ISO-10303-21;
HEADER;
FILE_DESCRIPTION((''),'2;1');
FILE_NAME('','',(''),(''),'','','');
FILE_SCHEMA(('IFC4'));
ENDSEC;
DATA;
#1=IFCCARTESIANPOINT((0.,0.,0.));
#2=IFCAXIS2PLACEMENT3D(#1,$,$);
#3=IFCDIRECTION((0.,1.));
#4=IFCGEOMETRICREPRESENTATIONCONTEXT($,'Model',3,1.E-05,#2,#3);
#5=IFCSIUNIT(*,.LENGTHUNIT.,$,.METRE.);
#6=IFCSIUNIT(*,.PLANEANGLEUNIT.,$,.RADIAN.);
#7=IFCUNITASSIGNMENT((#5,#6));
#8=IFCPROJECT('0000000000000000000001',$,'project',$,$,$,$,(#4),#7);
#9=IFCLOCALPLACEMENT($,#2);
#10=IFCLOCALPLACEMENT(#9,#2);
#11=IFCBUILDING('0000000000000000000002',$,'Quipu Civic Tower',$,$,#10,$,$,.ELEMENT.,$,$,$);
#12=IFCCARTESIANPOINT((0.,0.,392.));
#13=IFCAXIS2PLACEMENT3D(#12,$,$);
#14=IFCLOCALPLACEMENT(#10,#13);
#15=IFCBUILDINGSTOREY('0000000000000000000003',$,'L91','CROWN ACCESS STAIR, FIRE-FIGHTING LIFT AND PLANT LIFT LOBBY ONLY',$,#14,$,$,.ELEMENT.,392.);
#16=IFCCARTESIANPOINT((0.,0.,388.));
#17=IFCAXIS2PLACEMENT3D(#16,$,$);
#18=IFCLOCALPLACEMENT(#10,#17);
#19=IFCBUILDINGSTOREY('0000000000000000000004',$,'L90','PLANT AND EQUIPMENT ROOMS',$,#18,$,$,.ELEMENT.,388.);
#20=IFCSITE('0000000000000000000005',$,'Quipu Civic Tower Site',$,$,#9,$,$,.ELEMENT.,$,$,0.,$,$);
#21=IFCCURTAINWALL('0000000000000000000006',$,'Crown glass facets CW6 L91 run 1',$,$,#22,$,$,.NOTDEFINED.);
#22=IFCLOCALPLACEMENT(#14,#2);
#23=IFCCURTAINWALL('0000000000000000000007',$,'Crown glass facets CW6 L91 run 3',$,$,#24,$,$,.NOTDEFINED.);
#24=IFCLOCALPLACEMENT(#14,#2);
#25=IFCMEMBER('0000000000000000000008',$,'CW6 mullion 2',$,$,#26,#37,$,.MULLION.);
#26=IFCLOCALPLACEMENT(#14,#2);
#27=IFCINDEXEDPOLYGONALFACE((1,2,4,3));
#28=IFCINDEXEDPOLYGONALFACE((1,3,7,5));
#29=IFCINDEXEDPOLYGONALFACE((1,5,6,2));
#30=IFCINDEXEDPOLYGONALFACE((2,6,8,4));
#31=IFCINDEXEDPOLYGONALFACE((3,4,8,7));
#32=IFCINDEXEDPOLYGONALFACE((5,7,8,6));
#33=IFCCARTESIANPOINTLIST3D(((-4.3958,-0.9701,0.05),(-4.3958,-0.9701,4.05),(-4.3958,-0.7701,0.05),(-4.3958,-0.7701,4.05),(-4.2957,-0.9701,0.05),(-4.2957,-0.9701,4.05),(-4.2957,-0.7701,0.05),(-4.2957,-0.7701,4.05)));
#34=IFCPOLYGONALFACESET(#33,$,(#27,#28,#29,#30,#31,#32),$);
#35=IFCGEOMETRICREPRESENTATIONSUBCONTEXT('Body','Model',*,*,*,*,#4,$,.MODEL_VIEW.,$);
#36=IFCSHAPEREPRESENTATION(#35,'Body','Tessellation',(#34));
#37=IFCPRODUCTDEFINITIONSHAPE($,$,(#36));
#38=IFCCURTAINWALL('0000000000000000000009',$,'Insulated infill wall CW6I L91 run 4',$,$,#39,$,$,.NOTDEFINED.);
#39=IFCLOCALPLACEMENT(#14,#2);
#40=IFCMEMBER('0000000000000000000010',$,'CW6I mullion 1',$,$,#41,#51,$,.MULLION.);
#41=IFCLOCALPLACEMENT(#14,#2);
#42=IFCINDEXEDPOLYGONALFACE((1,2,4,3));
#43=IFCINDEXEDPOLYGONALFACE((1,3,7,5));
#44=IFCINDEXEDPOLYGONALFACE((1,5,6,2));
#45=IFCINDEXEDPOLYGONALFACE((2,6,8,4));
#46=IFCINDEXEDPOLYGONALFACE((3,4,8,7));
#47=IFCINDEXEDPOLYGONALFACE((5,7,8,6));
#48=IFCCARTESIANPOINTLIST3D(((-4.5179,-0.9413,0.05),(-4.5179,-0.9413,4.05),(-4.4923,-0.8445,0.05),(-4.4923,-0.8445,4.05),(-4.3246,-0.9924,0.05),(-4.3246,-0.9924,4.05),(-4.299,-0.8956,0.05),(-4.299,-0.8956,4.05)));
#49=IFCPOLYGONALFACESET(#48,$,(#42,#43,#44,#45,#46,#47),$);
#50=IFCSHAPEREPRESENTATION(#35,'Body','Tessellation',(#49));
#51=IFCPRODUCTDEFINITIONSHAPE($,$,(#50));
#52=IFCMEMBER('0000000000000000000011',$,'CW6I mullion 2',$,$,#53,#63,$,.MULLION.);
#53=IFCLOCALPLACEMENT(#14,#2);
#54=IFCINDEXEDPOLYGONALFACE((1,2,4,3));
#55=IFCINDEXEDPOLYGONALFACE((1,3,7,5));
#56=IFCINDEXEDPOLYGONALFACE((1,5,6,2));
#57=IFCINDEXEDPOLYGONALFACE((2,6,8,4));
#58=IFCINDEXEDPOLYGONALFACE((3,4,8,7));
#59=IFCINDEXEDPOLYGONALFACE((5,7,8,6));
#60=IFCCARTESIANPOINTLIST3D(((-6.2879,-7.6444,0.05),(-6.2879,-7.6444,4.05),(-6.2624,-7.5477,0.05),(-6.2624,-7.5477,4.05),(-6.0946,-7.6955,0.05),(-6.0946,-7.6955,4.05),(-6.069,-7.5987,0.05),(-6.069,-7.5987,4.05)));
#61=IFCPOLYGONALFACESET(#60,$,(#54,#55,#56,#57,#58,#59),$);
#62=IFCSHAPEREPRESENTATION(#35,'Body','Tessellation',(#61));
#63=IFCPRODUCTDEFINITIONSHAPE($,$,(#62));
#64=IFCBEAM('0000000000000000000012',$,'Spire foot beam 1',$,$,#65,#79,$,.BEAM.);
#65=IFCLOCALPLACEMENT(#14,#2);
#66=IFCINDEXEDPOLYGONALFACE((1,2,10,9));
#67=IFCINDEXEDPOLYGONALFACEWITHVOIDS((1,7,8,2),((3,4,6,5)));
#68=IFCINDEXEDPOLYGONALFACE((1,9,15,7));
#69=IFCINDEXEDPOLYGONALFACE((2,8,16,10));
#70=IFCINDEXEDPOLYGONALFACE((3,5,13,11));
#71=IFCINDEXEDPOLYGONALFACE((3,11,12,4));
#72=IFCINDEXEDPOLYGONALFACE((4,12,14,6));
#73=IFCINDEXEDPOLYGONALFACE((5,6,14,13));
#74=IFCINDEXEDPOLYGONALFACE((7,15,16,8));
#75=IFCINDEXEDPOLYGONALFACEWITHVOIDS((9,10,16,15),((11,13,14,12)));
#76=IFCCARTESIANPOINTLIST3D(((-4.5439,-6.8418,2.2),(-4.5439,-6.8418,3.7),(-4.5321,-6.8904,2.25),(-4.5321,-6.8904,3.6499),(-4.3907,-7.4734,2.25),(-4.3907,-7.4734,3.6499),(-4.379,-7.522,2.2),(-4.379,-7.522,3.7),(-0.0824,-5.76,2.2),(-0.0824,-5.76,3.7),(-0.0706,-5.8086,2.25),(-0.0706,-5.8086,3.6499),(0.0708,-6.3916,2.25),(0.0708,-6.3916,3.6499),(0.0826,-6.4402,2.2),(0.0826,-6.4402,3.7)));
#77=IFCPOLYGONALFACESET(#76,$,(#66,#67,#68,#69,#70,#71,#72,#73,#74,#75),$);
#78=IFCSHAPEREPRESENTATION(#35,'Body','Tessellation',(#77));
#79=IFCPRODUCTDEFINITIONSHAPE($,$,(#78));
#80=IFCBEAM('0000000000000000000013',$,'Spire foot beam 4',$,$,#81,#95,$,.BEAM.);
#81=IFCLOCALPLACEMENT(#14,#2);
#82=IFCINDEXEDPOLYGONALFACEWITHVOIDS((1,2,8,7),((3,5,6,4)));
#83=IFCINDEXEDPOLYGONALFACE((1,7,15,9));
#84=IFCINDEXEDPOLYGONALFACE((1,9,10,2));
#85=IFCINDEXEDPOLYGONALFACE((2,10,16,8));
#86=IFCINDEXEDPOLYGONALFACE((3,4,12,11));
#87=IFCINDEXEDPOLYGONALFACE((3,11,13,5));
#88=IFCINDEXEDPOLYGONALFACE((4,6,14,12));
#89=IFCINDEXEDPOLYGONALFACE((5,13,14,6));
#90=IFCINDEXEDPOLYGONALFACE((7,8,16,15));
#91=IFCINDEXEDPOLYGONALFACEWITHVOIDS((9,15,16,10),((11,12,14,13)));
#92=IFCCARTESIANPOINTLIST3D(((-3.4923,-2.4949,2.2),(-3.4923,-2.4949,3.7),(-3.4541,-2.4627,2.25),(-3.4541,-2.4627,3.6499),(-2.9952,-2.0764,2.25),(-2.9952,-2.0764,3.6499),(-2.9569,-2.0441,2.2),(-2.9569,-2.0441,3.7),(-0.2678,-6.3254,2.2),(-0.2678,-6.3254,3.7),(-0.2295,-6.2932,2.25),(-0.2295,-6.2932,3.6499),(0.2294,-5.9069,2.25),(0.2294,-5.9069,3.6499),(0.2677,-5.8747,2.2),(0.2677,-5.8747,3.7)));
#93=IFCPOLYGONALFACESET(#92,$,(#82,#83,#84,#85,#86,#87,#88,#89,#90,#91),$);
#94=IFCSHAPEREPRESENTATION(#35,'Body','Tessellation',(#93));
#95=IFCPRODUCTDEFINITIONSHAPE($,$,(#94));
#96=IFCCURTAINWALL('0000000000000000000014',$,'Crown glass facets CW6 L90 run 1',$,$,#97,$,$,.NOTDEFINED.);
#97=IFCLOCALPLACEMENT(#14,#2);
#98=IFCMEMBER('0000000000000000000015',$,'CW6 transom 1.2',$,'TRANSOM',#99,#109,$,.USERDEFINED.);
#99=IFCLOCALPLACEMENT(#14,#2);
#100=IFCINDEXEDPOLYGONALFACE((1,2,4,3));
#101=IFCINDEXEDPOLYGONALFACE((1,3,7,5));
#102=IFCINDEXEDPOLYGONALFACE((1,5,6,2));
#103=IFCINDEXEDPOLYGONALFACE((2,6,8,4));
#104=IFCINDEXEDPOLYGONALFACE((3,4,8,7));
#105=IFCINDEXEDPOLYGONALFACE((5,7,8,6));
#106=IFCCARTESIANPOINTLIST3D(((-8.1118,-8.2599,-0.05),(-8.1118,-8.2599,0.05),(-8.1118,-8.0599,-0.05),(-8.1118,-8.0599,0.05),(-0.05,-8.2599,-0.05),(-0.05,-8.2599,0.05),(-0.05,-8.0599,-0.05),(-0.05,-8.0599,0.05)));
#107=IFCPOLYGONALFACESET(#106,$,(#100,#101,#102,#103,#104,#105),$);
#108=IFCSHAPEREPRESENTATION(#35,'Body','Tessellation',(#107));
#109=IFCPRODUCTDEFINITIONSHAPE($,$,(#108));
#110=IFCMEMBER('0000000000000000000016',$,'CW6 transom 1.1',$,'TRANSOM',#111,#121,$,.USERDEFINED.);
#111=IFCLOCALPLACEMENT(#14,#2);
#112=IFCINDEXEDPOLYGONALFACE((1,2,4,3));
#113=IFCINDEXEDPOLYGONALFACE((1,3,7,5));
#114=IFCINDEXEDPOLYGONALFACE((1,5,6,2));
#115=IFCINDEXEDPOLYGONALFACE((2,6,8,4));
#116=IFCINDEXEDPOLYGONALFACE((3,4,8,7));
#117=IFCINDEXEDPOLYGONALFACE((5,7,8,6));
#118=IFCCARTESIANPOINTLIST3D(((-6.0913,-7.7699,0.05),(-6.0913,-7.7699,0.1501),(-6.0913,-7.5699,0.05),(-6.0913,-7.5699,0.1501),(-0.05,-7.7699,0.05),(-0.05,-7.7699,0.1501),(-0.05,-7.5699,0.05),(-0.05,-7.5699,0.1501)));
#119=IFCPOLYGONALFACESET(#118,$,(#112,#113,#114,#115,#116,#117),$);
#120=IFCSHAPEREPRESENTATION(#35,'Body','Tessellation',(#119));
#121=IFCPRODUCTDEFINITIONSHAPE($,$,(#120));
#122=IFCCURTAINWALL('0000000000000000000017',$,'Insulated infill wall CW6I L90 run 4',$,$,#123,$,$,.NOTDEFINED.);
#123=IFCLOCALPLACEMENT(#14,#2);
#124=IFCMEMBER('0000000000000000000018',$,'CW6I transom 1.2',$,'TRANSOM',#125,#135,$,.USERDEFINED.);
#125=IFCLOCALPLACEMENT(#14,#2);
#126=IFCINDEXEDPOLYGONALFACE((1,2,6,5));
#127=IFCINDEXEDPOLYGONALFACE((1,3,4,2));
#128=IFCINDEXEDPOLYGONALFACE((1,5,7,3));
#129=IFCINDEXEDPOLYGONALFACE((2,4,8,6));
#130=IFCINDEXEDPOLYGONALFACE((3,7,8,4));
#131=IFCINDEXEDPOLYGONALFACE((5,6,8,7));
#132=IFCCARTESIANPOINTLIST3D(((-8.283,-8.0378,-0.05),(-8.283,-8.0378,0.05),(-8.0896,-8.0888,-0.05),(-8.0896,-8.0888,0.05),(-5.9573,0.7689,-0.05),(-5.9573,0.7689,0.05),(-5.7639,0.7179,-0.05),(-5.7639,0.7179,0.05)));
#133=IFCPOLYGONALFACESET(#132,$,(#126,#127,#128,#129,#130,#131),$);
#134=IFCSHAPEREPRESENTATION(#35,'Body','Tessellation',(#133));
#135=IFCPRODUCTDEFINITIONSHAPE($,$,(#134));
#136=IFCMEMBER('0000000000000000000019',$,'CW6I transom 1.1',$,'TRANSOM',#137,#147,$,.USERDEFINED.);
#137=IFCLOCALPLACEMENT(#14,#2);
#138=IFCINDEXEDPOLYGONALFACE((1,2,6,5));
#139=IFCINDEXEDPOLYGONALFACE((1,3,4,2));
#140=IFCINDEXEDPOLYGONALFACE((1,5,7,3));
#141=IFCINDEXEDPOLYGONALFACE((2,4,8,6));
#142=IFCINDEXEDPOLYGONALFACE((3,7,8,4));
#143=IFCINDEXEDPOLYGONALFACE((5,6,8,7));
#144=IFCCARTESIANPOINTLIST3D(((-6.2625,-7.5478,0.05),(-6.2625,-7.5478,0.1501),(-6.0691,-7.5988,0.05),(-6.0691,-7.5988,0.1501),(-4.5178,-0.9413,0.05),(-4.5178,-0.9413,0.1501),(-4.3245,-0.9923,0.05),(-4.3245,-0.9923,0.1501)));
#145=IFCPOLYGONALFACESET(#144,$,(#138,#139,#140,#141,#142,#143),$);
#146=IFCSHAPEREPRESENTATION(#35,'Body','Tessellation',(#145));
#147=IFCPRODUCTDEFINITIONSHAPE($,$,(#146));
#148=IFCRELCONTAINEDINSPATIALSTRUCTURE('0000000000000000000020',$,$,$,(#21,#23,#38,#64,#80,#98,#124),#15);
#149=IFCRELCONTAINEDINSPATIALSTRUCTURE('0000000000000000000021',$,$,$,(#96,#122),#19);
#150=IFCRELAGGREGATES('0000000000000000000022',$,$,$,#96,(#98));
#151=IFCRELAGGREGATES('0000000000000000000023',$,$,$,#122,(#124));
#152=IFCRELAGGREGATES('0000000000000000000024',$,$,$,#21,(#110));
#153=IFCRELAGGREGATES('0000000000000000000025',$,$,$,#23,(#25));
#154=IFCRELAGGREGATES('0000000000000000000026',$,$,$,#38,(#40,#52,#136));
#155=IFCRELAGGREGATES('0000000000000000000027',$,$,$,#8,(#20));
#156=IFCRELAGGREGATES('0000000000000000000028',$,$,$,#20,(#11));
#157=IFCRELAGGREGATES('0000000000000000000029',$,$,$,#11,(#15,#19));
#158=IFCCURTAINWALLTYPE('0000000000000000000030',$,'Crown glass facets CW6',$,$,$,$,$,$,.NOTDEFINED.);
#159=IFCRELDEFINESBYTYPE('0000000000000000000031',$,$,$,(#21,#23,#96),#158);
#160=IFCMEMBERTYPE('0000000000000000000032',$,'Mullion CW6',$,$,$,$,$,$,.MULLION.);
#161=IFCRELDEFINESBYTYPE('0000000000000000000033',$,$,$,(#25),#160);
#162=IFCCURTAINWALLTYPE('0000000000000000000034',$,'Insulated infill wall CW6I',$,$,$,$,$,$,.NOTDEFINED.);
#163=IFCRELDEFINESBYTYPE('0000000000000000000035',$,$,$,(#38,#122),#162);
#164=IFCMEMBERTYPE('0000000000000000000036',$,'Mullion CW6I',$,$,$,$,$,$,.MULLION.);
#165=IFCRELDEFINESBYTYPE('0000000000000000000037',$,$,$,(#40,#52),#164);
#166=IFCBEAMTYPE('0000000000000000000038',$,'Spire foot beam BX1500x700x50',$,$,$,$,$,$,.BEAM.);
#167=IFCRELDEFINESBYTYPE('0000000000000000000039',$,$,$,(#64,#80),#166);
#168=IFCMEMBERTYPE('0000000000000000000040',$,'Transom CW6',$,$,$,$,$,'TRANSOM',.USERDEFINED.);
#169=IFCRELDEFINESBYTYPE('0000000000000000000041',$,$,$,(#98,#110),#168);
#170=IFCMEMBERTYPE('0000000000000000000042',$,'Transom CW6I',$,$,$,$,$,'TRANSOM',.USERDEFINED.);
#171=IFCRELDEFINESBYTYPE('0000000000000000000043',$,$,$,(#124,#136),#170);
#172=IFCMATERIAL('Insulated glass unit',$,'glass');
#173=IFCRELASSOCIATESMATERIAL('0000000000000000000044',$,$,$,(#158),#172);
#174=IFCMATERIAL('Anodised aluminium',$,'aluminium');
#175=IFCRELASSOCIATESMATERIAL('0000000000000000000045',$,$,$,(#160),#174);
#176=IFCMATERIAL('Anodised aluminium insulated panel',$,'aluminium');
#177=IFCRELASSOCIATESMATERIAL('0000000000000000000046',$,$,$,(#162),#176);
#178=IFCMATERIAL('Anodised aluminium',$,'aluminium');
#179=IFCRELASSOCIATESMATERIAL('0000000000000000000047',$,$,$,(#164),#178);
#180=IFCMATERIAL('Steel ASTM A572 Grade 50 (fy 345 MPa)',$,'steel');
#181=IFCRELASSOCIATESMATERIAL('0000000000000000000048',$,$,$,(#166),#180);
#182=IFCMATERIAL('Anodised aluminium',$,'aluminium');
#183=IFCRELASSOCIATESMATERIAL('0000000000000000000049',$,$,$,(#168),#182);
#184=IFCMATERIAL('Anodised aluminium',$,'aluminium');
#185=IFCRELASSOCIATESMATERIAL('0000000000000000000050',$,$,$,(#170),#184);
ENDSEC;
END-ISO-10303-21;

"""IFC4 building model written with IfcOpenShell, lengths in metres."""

from ifc_helpers import new_model, si_unit, direction, frame, origin, origin_2d, place, context, subcontext, project, spatial, rectangle, hollow_rectangle, extrude, material, material_profile, profile_set, type_object, element, aggregate, save


model = new_model("IFC4")

# Units and contexts
model_context = context("Model", 3, precision=1e-05, world=origin(), true_north=direction((0.0, 1.0)))
body_context = subcontext(model_context, "Body", "Model", "MODEL_VIEW")
ifc_project = project(units=[si_unit("LENGTHUNIT", "METRE"), si_unit("PLANEANGLEUNIT", "RADIAN")], contexts=[model_context])

# Site, building, storey
site_placement = place(None, origin())
site = spatial("IfcSite", under=ifc_project, at=site_placement, Name="Quipu Civic Tower Site", CompositionType="ELEMENT", RefElevation=0.0)
building_placement = place(site_placement, origin())
building = spatial("IfcBuilding", under=site, at=building_placement, Name="Quipu Civic Tower", CompositionType="ELEMENT")
storey_1_placement = place(building_placement, frame((0.0, 0.0, 392.0)))
storey_1 = spatial("IfcBuildingStorey", under=building, at=storey_1_placement, Name="L91", Description="CROWN ACCESS STAIR, FIRE-FIGHTING LIFT AND PLANT LIFT LOBBY ONLY", CompositionType="ELEMENT", Elevation=392.0)

# Curtain wall
ifc_material_1 = material(Name="Insulated glass unit", Category="glass")
curtain_wall_type_1 = type_object("IfcCurtainWallType", Name="Crown glass facets CW6", PredefinedType="NOTDEFINED", material=ifc_material_1)
curtain_wall_1_placement = place(storey_1_placement, origin())
curtain_wall_1 = element("IfcCurtainWall", 1, at=curtain_wall_1_placement, inside=storey_1, type_object=curtain_wall_type_1, Name="Crown glass facets CW6 L91 run 1", PredefinedType="NOTDEFINED")
ifc_material_2 = material(Name="Anodised aluminium", Category="aluminium")
ifc_material_profile_1 = material_profile(ifc_material_2, rectangle(XDim=0.2, YDim=0.1001, at=origin_2d()), Name="RECT 200x100")
ifc_profile_set_1 = profile_set([ifc_material_profile_1], Name="Anodised aluminium")
member_type_1 = type_object("IfcMemberType", Name="Mullion CW6", PredefinedType="MULLION", material=ifc_profile_set_1)

# Curtain wall, member
curtain_wall_2_placement = place(storey_1_placement, origin())
curtain_wall_2 = element("IfcCurtainWall", 2, at=curtain_wall_2_placement, inside=storey_1, type_object=curtain_wall_type_1, Name="Crown glass facets CW6 L91 run 3", PredefinedType="NOTDEFINED")
member_1_placement = place(storey_1_placement, frame((-4.3457, -0.8701, 0.05), z_axis=(0.0, 0.0, 1.0), x_axis=(0.0, -1.0, 0.0)))
member_1 = element("IfcMember", 3, at=member_1_placement, type_object=member_type_1, Name="CW6 mullion 2", PredefinedType="MULLION", context=body_context, shape_type="SweptSolid", body=[
    extrude(rectangle(XDim=0.2, YDim=0.1001, at=origin_2d()), origin(), (0.0, 0.0, 1.0), 4.0),
])

# Curtain wall, members
ifc_material_3 = material(Name="Anodised aluminium insulated panel", Category="aluminium")
curtain_wall_type_2 = type_object("IfcCurtainWallType", Name="Insulated infill wall CW6I", PredefinedType="NOTDEFINED", material=ifc_material_3)
curtain_wall_3_placement = place(storey_1_placement, origin())
curtain_wall_3 = element("IfcCurtainWall", 4, at=curtain_wall_3_placement, inside=storey_1, type_object=curtain_wall_type_2, Name="Insulated infill wall CW6I L91 run 4", PredefinedType="NOTDEFINED")
ifc_material_4 = material(Name="Anodised aluminium", Category="aluminium")
ifc_material_profile_2 = material_profile(ifc_material_4, rectangle(XDim=0.2, YDim=0.1001, at=origin_2d()), Name="RECT 200x100")
ifc_profile_set_2 = profile_set([ifc_material_profile_2], Name="Anodised aluminium")
member_type_2 = type_object("IfcMemberType", Name="Mullion CW6I", PredefinedType="MULLION", material=ifc_profile_set_2)
member_2_placement = place(storey_1_placement, frame((-4.4084, -0.9185, 0.05), z_axis=(0.0, 0.0, 1.0), x_axis=(0.96686, -0.255308, 0.0)))
member_2 = element("IfcMember", 5, at=member_2_placement, type_object=member_type_2, Name="CW6I mullion 1", PredefinedType="MULLION", context=body_context, shape_type="SweptSolid", body=[
    extrude(rectangle(XDim=0.2, YDim=0.1001, at=origin_2d()), origin(), (0.0, 0.0, 1.0), 4.0),
])
member_3_placement = place(storey_1_placement, frame((-6.1785, -7.6216, 0.05), z_axis=(0.0, 0.0, 1.0), x_axis=(0.96686, -0.255308, 0.0)))
member_3 = element("IfcMember", 6, at=member_3_placement, type_object=member_type_2, Name="CW6I mullion 2", PredefinedType="MULLION", context=body_context, shape_type="SweptSolid", body=[
    extrude(rectangle(XDim=0.2, YDim=0.1001, at=origin_2d()), origin(), (0.0, 0.0, 1.0), 4.0),
])

# Beams
ifc_material_5 = material(Name="Steel ASTM A572 Grade 50 (fy 345 MPa)", Category="steel")
ifc_material_profile_3 = material_profile(ifc_material_5, hollow_rectangle(XDim=0.7, YDim=1.5, WallThickness=0.05, at=origin_2d()), Name="BX1500x700x50")
ifc_profile_set_3 = profile_set([ifc_material_profile_3], Name="Steel ASTM A572 Grade 50 (fy 345 MPa)")
beam_type_1 = type_object("IfcBeamType", Name="Spire foot beam BX1500x700x50", PredefinedType="BEAM", material=ifc_profile_set_3)
beam_1_placement = place(storey_1_placement, frame((-4.4614, -7.1819, 2.95), z_axis=(0.971839, 0.235647, 0.0), x_axis=(-0.235647, 0.971839, 0.0)))
element("IfcBeam", 7, at=beam_1_placement, inside=storey_1, type_object=beam_type_1, Name="Spire foot beam 1", PredefinedType="BEAM", context=body_context, shape_type="SweptSolid", body=[
    extrude(hollow_rectangle(XDim=0.7, YDim=1.5, WallThickness=0.05, at=origin_2d()), origin(), (0.0, 0.0, 1.0), 4.5908),
])
beam_2_placement = place(storey_1_placement, frame((-3.2246, -2.2695, 2.95), z_axis=(0.644004, -0.765022, 0.0), x_axis=(0.765022, 0.644004, 0.0)))
element("IfcBeam", 8, at=beam_2_placement, inside=storey_1, type_object=beam_type_1, Name="Spire foot beam 4", PredefinedType="BEAM", context=body_context, shape_type="SweptSolid", body=[
    extrude(hollow_rectangle(XDim=0.7, YDim=1.5, WallThickness=0.05, at=origin_2d()), origin(), (0.0, 0.0, 1.0), 5.0071),
])

# Shared definitions
storey_2_placement = place(building_placement, frame((0.0, 0.0, 388.0)))
storey_2 = spatial("IfcBuildingStorey", under=building, at=storey_2_placement, Name="L90", Description="PLANT AND EQUIPMENT ROOMS", CompositionType="ELEMENT", Elevation=388.0)

# Curtain wall, member
curtain_wall_4_placement = place(storey_2_placement, origin())
curtain_wall_4 = element("IfcCurtainWall", 9, at=curtain_wall_4_placement, inside=storey_2, type_object=curtain_wall_type_1, Name="Crown glass facets CW6 L90 run 1", PredefinedType="NOTDEFINED")
ifc_material_6 = material(Name="Anodised aluminium", Category="aluminium")
ifc_material_profile_4 = material_profile(ifc_material_6, rectangle(XDim=0.2, YDim=0.1001, at=origin_2d()), Name="RECT 200x100")
ifc_profile_set_4 = profile_set([ifc_material_profile_4], Name="Anodised aluminium")
member_type_3 = type_object("IfcMemberType", Name="Transom CW6", ElementType="TRANSOM", PredefinedType="USERDEFINED", material=ifc_profile_set_4)
member_4_placement = place(storey_1_placement, frame((-8.1118, -8.1599, 0.0), z_axis=(1.0, 0.0, 0.0), x_axis=(0.0, 1.0, 0.0)))
member_4 = element("IfcMember", 10, at=member_4_placement, inside=storey_1, type_object=member_type_3, Name="CW6 transom 1.2", ObjectType="TRANSOM", PredefinedType="USERDEFINED", context=body_context, shape_type="SweptSolid", body=[
    extrude(rectangle(XDim=0.2, YDim=0.1001, at=origin_2d()), origin(), (0.0, 0.0, 1.0), 8.0618),
])
aggregate(curtain_wall_4, [member_4])

# Member
member_5_placement = place(storey_1_placement, frame((-6.0913, -7.6699, 0.1001), z_axis=(1.0, 0.0, 0.0), x_axis=(0.0, 1.0, 0.0)))
member_5 = element("IfcMember", 11, at=member_5_placement, type_object=member_type_3, Name="CW6 transom 1.1", ObjectType="TRANSOM", PredefinedType="USERDEFINED", context=body_context, shape_type="SweptSolid", body=[
    extrude(rectangle(XDim=0.2, YDim=0.1001, at=origin_2d()), origin(), (0.0, 0.0, 1.0), 6.0413),
])

# Curtain wall, member
curtain_wall_5_placement = place(storey_2_placement, origin())
curtain_wall_5 = element("IfcCurtainWall", 12, at=curtain_wall_5_placement, inside=storey_2, type_object=curtain_wall_type_2, Name="Insulated infill wall CW6I L90 run 4", PredefinedType="NOTDEFINED")
ifc_material_7 = material(Name="Anodised aluminium", Category="aluminium")
ifc_material_profile_5 = material_profile(ifc_material_7, rectangle(XDim=0.2, YDim=0.1001, at=origin_2d()), Name="RECT 200x100")
ifc_profile_set_5 = profile_set([ifc_material_profile_5], Name="Anodised aluminium")
member_type_4 = type_object("IfcMemberType", Name="Transom CW6I", ElementType="TRANSOM", PredefinedType="USERDEFINED", material=ifc_profile_set_5)
member_6_placement = place(storey_1_placement, frame((-5.8606, 0.7434, 0.0), z_axis=(-0.25533, -0.966854, 0.0), x_axis=(0.966854, -0.25533, 0.0)))
member_6 = element("IfcMember", 13, at=member_6_placement, inside=storey_1, type_object=member_type_4, Name="CW6I transom 1.2", ObjectType="TRANSOM", PredefinedType="USERDEFINED", context=body_context, shape_type="SweptSolid", body=[
    extrude(rectangle(XDim=0.2, YDim=0.1001, at=origin_2d()), origin(), (0.0, 0.0, 1.0), 9.1086),
])
aggregate(curtain_wall_5, [member_6])

# Member
member_7_placement = place(storey_1_placement, frame((-4.4211, -0.9668, 0.1001), z_axis=(-0.255327, -0.966855, 0.0), x_axis=(0.966855, -0.255327, 0.0)))
member_7 = element("IfcMember", 14, at=member_7_placement, type_object=member_type_4, Name="CW6I transom 1.1", ObjectType="TRANSOM", PredefinedType="USERDEFINED", context=body_context, shape_type="SweptSolid", body=[
    extrude(rectangle(XDim=0.2, YDim=0.1001, at=origin_2d()), origin(), (0.0, 0.0, 1.0), 6.833),
])

aggregate(curtain_wall_1, [member_5])
aggregate(curtain_wall_2, [member_1])
aggregate(curtain_wall_3, [member_2, member_3, member_7])

save(model, "model.ifc")
